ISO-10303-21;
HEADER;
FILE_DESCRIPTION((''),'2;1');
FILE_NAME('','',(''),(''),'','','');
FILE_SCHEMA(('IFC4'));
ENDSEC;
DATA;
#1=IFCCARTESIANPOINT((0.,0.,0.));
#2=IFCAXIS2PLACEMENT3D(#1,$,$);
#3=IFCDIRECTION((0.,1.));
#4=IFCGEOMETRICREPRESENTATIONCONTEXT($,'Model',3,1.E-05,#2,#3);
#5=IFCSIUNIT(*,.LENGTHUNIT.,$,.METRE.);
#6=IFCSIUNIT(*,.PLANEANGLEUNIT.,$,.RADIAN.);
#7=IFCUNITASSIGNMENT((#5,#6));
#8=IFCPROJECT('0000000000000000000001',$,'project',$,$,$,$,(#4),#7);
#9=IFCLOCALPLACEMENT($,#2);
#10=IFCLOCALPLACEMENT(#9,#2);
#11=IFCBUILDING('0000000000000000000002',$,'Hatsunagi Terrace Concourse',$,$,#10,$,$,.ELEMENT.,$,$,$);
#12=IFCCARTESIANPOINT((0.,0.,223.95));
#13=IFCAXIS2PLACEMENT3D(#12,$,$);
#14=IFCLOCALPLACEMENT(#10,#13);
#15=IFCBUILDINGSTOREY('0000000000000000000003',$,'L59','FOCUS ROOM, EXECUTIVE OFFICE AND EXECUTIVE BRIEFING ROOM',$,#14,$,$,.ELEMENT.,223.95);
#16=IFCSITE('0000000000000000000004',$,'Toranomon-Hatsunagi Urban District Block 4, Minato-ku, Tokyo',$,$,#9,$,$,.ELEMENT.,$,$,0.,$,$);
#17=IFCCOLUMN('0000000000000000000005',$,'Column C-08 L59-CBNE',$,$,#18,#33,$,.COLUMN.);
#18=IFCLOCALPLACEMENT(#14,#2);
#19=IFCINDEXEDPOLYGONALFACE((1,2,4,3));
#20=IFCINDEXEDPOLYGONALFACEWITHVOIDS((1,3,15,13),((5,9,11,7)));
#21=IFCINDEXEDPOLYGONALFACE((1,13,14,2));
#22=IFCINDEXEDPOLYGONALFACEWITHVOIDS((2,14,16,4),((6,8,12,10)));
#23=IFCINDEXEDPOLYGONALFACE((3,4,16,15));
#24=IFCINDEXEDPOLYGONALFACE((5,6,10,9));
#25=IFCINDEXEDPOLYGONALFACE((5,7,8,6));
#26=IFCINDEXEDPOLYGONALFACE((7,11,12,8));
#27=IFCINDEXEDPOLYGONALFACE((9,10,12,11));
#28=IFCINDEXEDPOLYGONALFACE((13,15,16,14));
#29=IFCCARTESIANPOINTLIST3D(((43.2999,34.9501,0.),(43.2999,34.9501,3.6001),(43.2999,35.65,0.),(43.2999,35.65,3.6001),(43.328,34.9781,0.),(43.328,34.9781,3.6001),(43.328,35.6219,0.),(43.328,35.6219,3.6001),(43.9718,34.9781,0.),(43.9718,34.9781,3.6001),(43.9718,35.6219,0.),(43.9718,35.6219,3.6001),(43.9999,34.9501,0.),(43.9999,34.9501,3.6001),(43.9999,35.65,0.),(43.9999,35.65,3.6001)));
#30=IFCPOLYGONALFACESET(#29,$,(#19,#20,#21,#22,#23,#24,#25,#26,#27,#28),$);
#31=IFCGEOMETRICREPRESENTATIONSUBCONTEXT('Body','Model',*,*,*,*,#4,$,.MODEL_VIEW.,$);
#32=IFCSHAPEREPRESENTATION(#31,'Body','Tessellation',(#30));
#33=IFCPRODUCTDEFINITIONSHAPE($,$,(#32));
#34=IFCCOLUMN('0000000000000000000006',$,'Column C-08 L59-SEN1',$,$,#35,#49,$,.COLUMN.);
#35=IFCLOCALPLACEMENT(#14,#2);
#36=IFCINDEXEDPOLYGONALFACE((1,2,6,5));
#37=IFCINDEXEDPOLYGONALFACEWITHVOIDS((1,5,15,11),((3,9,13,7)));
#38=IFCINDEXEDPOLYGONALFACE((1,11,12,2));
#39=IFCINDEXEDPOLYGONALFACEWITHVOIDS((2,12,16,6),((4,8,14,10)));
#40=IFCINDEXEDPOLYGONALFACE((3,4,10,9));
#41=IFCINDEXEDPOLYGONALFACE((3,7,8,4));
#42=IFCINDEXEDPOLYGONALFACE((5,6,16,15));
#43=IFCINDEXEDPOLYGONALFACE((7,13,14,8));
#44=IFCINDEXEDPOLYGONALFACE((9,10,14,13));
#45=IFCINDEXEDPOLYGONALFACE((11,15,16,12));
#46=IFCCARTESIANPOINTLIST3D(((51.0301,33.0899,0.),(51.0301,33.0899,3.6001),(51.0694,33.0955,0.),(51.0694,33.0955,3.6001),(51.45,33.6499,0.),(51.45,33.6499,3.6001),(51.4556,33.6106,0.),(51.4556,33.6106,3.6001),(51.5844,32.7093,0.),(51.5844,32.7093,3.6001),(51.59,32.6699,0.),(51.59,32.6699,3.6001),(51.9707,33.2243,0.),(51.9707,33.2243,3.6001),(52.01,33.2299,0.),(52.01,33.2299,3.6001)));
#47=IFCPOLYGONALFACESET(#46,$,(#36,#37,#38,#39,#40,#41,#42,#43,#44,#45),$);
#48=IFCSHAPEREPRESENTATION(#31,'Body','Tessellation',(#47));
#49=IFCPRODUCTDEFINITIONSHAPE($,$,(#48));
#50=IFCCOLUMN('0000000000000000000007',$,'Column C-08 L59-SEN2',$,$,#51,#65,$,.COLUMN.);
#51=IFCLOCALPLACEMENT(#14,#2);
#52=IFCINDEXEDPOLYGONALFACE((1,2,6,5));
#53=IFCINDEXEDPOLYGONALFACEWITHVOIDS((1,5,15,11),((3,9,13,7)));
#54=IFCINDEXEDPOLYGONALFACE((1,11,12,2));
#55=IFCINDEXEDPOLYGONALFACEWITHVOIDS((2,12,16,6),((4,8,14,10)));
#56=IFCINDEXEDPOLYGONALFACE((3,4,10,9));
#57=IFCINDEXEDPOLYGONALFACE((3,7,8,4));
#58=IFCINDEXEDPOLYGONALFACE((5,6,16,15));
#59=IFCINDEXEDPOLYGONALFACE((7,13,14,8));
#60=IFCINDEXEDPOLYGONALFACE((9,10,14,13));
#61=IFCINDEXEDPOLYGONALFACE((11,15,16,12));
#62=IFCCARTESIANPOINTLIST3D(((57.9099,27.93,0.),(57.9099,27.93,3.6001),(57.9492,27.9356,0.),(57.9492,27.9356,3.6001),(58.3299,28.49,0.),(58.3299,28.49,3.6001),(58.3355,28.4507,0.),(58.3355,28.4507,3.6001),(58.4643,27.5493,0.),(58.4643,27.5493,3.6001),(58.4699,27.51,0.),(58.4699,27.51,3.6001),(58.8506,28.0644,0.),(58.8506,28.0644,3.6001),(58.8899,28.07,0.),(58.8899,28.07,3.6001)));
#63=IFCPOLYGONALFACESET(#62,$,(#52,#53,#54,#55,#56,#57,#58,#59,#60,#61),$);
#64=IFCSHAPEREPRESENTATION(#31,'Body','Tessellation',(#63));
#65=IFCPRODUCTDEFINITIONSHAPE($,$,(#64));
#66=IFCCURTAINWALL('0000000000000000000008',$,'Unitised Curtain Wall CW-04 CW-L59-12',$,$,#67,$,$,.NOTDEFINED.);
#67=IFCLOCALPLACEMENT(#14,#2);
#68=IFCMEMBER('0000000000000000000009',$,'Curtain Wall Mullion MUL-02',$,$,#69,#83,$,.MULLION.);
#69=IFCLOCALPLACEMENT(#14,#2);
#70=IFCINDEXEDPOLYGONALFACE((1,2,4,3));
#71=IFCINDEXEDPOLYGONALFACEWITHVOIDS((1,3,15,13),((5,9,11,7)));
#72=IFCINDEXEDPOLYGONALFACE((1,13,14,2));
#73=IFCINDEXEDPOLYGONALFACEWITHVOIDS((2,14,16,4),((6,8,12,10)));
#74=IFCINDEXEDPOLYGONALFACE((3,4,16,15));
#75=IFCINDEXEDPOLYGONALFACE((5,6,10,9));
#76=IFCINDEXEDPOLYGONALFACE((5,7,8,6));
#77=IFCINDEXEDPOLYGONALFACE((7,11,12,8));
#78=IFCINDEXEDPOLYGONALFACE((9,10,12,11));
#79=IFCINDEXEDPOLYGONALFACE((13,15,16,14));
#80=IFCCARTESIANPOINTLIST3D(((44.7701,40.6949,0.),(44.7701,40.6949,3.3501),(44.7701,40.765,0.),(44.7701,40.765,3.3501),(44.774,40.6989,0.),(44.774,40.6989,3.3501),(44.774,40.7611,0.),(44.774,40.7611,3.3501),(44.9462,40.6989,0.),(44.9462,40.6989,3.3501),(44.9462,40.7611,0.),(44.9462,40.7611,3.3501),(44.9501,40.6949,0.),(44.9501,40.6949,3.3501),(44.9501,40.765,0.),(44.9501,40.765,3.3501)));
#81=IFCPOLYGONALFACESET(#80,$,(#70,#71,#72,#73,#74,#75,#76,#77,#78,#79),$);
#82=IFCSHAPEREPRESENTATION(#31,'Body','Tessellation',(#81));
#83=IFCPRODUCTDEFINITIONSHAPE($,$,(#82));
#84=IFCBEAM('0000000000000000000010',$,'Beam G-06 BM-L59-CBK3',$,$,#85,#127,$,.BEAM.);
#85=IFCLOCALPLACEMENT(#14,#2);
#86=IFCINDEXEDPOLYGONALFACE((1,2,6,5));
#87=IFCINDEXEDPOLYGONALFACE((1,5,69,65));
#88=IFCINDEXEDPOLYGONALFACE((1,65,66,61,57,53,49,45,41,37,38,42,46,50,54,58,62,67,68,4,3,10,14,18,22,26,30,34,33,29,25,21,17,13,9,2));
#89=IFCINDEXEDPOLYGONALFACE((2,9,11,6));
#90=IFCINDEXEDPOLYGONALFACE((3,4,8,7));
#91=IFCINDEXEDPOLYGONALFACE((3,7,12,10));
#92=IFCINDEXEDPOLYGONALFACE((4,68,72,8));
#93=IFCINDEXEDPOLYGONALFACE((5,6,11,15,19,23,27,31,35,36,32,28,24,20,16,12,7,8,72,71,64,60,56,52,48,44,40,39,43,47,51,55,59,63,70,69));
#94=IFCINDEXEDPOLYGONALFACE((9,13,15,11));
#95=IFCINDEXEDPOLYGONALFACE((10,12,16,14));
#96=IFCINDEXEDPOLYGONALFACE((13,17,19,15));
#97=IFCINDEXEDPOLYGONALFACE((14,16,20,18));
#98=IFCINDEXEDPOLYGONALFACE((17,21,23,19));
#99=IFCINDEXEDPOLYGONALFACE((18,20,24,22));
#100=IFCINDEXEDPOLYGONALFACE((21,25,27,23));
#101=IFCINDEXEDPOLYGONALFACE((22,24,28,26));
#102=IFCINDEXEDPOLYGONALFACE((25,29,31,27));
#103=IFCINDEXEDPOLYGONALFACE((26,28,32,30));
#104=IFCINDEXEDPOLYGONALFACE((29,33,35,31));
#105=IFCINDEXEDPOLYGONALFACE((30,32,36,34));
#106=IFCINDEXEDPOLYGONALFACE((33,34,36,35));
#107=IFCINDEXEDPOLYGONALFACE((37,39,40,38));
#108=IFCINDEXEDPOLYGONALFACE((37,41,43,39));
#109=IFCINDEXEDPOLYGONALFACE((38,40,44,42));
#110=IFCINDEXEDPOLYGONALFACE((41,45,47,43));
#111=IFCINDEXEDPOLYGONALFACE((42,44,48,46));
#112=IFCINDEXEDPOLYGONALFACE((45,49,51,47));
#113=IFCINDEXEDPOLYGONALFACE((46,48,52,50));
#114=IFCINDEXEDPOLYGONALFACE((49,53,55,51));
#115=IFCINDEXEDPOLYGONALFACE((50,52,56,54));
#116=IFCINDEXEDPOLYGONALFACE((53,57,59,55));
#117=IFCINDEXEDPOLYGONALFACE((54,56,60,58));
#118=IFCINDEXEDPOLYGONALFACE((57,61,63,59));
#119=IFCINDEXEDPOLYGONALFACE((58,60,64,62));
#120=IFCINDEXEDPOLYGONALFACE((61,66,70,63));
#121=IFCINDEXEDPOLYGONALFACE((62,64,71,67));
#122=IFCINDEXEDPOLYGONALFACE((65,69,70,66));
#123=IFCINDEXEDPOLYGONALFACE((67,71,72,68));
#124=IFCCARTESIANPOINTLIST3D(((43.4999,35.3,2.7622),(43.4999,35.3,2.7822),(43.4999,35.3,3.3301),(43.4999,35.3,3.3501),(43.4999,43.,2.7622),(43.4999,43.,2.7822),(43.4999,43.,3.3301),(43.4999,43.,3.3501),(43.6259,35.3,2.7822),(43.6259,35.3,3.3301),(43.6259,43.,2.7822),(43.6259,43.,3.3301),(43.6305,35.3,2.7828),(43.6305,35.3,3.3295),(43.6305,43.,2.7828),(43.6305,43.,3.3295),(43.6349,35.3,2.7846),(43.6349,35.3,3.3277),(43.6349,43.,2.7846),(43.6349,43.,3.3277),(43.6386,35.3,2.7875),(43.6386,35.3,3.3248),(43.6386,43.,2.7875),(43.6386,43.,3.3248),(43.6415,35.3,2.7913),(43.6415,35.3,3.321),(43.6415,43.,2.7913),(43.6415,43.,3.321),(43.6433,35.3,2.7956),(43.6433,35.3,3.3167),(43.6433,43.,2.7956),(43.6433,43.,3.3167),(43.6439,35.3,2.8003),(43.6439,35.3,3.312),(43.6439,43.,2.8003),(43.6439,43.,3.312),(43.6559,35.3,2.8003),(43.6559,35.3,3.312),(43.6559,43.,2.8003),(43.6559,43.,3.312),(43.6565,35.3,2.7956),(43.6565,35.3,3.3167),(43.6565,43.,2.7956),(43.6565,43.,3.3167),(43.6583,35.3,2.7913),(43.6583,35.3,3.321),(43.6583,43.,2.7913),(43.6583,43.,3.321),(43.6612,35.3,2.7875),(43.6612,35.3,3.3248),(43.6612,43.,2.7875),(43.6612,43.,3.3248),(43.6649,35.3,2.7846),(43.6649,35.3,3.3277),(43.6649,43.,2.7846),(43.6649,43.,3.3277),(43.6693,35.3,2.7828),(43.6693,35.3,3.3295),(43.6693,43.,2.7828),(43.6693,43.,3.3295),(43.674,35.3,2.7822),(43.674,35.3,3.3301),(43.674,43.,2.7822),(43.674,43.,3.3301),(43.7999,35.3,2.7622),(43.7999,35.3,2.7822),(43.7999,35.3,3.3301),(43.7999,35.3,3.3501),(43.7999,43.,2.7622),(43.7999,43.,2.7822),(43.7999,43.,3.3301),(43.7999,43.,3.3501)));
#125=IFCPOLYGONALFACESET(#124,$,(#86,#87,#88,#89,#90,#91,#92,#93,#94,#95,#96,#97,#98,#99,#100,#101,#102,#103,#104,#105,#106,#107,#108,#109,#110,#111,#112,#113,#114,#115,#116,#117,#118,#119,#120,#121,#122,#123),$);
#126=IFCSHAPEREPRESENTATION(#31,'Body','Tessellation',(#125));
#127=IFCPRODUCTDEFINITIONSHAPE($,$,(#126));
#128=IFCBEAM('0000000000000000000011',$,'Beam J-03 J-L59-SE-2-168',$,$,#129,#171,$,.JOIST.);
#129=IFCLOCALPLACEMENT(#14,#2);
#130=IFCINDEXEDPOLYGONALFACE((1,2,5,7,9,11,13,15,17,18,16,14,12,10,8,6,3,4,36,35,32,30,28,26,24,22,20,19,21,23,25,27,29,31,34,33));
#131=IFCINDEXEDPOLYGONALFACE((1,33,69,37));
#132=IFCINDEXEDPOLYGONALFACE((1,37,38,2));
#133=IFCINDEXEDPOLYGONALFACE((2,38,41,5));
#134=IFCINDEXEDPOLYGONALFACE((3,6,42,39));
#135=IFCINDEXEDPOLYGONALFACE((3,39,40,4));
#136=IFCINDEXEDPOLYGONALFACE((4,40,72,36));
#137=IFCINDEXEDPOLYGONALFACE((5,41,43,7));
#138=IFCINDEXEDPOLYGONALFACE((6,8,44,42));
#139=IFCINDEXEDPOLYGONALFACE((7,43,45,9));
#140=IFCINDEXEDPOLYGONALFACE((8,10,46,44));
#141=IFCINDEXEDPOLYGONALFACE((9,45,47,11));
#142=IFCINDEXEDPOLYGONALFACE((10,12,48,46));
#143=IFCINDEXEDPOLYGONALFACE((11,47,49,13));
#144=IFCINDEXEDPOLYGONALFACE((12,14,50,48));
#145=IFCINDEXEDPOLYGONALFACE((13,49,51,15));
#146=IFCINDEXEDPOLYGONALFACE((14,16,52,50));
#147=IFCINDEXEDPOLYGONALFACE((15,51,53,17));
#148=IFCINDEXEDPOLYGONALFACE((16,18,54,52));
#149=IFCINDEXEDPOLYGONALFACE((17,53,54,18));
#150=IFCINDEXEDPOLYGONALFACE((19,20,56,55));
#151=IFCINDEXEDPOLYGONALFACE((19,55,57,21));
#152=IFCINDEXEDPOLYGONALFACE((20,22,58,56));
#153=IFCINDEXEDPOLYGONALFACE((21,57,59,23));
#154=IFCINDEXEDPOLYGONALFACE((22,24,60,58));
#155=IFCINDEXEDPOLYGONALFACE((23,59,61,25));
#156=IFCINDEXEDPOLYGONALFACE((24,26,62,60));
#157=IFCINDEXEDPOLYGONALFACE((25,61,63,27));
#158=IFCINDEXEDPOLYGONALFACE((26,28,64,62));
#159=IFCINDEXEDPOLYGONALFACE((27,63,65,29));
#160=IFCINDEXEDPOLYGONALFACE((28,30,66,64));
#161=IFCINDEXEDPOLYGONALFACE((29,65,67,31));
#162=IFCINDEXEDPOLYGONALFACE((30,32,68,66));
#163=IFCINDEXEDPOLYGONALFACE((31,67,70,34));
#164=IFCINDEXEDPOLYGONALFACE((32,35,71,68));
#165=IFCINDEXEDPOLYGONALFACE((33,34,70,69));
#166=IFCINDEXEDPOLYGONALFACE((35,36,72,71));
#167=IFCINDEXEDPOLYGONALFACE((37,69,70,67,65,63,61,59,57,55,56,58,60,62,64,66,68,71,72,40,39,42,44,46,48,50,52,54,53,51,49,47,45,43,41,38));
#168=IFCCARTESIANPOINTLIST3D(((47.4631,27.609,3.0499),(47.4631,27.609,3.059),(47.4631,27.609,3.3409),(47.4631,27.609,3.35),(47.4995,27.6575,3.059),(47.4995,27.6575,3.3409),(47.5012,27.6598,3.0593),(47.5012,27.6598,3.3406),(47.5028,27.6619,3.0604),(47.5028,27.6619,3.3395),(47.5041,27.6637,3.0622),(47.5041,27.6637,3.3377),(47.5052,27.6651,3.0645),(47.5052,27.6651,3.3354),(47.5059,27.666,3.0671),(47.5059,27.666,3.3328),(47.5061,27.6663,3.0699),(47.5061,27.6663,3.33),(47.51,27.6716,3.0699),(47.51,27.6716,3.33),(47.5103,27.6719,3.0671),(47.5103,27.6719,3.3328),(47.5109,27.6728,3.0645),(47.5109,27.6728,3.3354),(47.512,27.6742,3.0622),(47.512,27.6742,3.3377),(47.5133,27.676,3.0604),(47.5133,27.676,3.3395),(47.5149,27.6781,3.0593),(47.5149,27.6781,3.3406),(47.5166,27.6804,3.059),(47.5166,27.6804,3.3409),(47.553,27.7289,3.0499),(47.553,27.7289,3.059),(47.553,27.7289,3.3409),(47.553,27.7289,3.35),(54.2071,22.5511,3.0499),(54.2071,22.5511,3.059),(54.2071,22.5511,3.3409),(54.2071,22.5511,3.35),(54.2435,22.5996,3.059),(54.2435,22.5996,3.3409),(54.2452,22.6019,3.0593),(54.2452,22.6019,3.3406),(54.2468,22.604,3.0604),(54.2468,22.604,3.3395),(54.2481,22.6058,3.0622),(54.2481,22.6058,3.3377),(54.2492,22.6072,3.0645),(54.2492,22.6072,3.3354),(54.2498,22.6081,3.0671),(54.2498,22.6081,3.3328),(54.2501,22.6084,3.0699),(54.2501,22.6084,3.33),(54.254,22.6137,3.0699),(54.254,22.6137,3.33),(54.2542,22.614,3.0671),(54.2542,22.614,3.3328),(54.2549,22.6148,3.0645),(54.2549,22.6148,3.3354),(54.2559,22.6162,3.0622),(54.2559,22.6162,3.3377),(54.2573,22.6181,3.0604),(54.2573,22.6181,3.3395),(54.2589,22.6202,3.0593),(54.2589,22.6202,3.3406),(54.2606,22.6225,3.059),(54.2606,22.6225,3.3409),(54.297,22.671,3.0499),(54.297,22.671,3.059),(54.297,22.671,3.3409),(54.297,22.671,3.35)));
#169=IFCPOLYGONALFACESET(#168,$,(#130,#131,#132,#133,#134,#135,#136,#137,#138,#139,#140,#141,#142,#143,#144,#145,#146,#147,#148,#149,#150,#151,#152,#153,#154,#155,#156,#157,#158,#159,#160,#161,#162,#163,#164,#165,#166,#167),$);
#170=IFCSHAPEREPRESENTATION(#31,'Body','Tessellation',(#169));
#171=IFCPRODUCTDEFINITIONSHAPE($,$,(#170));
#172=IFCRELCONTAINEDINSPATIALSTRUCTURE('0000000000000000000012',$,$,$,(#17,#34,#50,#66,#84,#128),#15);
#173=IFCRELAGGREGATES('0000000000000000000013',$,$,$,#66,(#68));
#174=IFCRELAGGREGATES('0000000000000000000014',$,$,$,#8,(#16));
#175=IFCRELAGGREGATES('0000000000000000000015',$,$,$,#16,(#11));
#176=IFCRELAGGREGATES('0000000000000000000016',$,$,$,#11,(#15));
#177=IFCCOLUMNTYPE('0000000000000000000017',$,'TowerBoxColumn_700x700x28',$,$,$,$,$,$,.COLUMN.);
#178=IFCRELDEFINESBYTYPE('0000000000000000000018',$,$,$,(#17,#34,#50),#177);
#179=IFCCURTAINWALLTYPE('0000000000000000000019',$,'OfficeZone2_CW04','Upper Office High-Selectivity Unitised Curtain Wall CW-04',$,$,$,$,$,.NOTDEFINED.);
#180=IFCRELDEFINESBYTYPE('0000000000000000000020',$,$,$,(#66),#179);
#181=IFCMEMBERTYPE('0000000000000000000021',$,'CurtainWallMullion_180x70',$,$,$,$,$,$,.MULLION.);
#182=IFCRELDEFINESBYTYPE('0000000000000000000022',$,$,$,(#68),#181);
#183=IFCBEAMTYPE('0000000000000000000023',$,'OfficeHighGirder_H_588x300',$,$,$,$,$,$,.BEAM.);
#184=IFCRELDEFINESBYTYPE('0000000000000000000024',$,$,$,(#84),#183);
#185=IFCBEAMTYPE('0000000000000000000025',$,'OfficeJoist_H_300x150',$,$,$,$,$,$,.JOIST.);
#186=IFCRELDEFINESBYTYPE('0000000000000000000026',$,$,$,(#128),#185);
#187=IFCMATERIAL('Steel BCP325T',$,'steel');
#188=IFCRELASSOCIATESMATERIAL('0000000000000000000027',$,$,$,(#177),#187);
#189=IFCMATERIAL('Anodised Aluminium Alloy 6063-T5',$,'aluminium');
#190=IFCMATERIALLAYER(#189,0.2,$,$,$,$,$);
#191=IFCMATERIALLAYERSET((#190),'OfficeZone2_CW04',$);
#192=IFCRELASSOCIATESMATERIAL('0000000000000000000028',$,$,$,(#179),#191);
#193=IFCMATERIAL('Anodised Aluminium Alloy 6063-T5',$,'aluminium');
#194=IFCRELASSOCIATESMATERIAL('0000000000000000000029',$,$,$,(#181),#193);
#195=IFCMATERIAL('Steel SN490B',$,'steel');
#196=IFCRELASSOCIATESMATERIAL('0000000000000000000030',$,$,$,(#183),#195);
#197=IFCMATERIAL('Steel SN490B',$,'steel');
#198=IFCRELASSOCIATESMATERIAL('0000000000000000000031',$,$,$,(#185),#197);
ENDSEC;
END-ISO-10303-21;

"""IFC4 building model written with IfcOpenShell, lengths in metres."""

from ifc_helpers import new_model, si_unit, direction, frame, origin, origin_2d, place, context, subcontext, project, spatial, hollow_rectangle, i_section, extrude, material, layer, layer_set, material_profile, profile_set, type_object, element, aggregate, save


model = new_model("IFC4")

# Units and contexts
model_context = context("Model", 3, precision=1e-05, world=origin(), true_north=direction((0.0, 1.0)))
body_context = subcontext(model_context, "Body", "Model", "MODEL_VIEW")
ifc_project = project(units=[si_unit("LENGTHUNIT", "METRE"), si_unit("PLANEANGLEUNIT", "RADIAN")], contexts=[model_context])

# Site, building, storey
site_placement = place(None, origin())
site = spatial("IfcSite", under=ifc_project, at=site_placement, Name="Toranomon-Hatsunagi Urban District Block 4, Minato-ku, Tokyo", CompositionType="ELEMENT", RefElevation=0.0)
building_placement = place(site_placement, origin())
building = spatial("IfcBuilding", under=site, at=building_placement, Name="Hatsunagi Terrace Concourse", CompositionType="ELEMENT")
storey_placement = place(building_placement, frame((0.0, 0.0, 223.95)))
storey = spatial("IfcBuildingStorey", under=building, at=storey_placement, Name="L59", Description="FOCUS ROOM, EXECUTIVE OFFICE AND EXECUTIVE BRIEFING ROOM", CompositionType="ELEMENT", Elevation=223.95)

# Columns
ifc_material_1 = material(Name="Steel BCP325T", Category="steel")
ifc_material_profile_1 = material_profile(ifc_material_1, hollow_rectangle(XDim=0.7, YDim=0.7, WallThickness=0.0281, at=origin_2d()), Name="BCP-700x700x28")
ifc_profile_set_1 = profile_set([ifc_material_profile_1], Name="Steel BCP325T")
column_type = type_object("IfcColumnType", Name="TowerBoxColumn_700x700x28", PredefinedType="COLUMN", material=ifc_profile_set_1)
for number, where, z_axis, x_axis, name in (
    (1, (43.6499, 35.3, 0.0), (0.0, 0.0, 1.0), (1.0, 0.0, 0.0), "Column C-08 L59-CBNE"),
    (2, (51.52, 33.1599, 0.0), (0.0, 0.0, 1.0), (0.8, -0.6, 0.0), "Column C-08 L59-SEN1"),
    (3, (58.3999, 28.0, 0.0), (0.0, 0.0, 1.0), (0.8, -0.6, 0.0), "Column C-08 L59-SEN2"),
):
    element("IfcColumn", number, at=place(storey_placement, frame(where, z_axis=z_axis, x_axis=x_axis)), inside=storey, type_object=column_type, Name=name, PredefinedType="COLUMN", context=body_context, shape_type="SweptSolid", body=[
        extrude(hollow_rectangle(XDim=0.7, YDim=0.7, WallThickness=0.0281, at=origin_2d()), origin(), (0.0, 0.0, 1.0), 3.6001),
    ])

# Curtain wall, member
ifc_material_2 = material(Name="Anodised Aluminium Alloy 6063-T5", Category="aluminium")
ifc_layer_1 = layer(ifc_material_2, 0.2)
ifc_layer_set_1 = layer_set([ifc_layer_1], Name="OfficeZone2_CW04")
curtain_wall_type = type_object("IfcCurtainWallType", Name="OfficeZone2_CW04", Description="Upper Office High-Selectivity Unitised Curtain Wall CW-04", PredefinedType="NOTDEFINED", material=ifc_layer_set_1)
curtain_wall_placement = place(storey_placement, origin())
curtain_wall = element("IfcCurtainWall", 4, at=curtain_wall_placement, inside=storey, type_object=curtain_wall_type, Name="Unitised Curtain Wall CW-04 CW-L59-12", PredefinedType="NOTDEFINED")
ifc_material_3 = material(Name="Anodised Aluminium Alloy 6063-T5", Category="aluminium")
ifc_material_profile_2 = material_profile(ifc_material_3, hollow_rectangle(XDim=0.0701, YDim=0.1799, WallThickness=0.0039, at=origin_2d()), Name="ALU-MUL-180x70x4")
ifc_profile_set_2 = profile_set([ifc_material_profile_2], Name="Anodised Aluminium Alloy 6063-T5")
member_type = type_object("IfcMemberType", Name="CurtainWallMullion_180x70", PredefinedType="MULLION", material=ifc_profile_set_2)
member_placement = place(storey_placement, frame((44.8601, 40.73, 0.0), z_axis=(0.0, 0.0, 1.0), x_axis=(0.0, -1.0, 0.0)))
member = element("IfcMember", 5, at=member_placement, type_object=member_type, Name="Curtain Wall Mullion MUL-02", PredefinedType="MULLION", context=body_context, shape_type="SweptSolid", body=[
    extrude(hollow_rectangle(XDim=0.0701, YDim=0.1799, WallThickness=0.0039, at=origin_2d()), origin(), (0.0, 0.0, 1.0), 3.3501),
])
aggregate(curtain_wall, [member])

# Beams
ifc_material_4 = material(Name="Steel SN490B", Category="steel")
ifc_material_profile_3 = material_profile(ifc_material_4, i_section(OverallWidth=0.3, OverallDepth=0.5879, WebThickness=0.012, FlangeThickness=0.02, FilletRadius=0.0181, at=origin_2d()), Name="H-588x300x12x20")
ifc_profile_set_3 = profile_set([ifc_material_profile_3], Name="Steel SN490B")
beam_type_1 = type_object("IfcBeamType", Name="OfficeHighGirder_H_588x300", PredefinedType="BEAM", material=ifc_profile_set_3)
beam_1_placement = place(storey_placement, frame((43.6499, 35.3, 3.0562), z_axis=(0.0, 1.0, 0.0), x_axis=(-1.0, 0.0, 0.0)))
element("IfcBeam", 6, at=beam_1_placement, inside=storey, type_object=beam_type_1, Name="Beam G-06 BM-L59-CBK3", PredefinedType="BEAM", context=body_context, shape_type="SweptSolid", body=[
    extrude(i_section(OverallWidth=0.3, OverallDepth=0.5879, WebThickness=0.012, FlangeThickness=0.02, FilletRadius=0.0181, at=origin_2d()), origin(), (0.0, 0.0, 1.0), 7.7),
])
ifc_material_5 = material(Name="Steel SN490B", Category="steel")
ifc_material_profile_4 = material_profile(ifc_material_5, i_section(OverallWidth=0.1499, OverallDepth=0.3, WebThickness=0.0066, FlangeThickness=0.009, FilletRadius=0.011, at=origin_2d()), Name="H-300x150x6.5x9")
ifc_profile_set_4 = profile_set([ifc_material_profile_4], Name="Steel SN490B")
beam_type_2 = type_object("IfcBeamType", Name="OfficeJoist_H_300x150", PredefinedType="JOIST", material=ifc_profile_set_4)
for number, where, z_axis, x_axis, name in (
    (7, (47.5081, 27.6689, 3.2), (0.800003, -0.599995, 0.0), (0.599995, 0.800003, 0.0), "Beam J-03 J-L59-SE-2-168"),
):
    element("IfcBeam", number, at=place(storey_placement, frame(where, z_axis=z_axis, x_axis=x_axis)), inside=storey, type_object=beam_type_2, Name=name, PredefinedType="JOIST", context=body_context, shape_type="SweptSolid", body=[
        extrude(i_section(OverallWidth=0.1499, OverallDepth=0.3, WebThickness=0.0066, FlangeThickness=0.009, FilletRadius=0.011, at=origin_2d()), origin(), (0.0, 0.0, 1.0), 8.4299),
    ])

save(model, "model.ifc")
